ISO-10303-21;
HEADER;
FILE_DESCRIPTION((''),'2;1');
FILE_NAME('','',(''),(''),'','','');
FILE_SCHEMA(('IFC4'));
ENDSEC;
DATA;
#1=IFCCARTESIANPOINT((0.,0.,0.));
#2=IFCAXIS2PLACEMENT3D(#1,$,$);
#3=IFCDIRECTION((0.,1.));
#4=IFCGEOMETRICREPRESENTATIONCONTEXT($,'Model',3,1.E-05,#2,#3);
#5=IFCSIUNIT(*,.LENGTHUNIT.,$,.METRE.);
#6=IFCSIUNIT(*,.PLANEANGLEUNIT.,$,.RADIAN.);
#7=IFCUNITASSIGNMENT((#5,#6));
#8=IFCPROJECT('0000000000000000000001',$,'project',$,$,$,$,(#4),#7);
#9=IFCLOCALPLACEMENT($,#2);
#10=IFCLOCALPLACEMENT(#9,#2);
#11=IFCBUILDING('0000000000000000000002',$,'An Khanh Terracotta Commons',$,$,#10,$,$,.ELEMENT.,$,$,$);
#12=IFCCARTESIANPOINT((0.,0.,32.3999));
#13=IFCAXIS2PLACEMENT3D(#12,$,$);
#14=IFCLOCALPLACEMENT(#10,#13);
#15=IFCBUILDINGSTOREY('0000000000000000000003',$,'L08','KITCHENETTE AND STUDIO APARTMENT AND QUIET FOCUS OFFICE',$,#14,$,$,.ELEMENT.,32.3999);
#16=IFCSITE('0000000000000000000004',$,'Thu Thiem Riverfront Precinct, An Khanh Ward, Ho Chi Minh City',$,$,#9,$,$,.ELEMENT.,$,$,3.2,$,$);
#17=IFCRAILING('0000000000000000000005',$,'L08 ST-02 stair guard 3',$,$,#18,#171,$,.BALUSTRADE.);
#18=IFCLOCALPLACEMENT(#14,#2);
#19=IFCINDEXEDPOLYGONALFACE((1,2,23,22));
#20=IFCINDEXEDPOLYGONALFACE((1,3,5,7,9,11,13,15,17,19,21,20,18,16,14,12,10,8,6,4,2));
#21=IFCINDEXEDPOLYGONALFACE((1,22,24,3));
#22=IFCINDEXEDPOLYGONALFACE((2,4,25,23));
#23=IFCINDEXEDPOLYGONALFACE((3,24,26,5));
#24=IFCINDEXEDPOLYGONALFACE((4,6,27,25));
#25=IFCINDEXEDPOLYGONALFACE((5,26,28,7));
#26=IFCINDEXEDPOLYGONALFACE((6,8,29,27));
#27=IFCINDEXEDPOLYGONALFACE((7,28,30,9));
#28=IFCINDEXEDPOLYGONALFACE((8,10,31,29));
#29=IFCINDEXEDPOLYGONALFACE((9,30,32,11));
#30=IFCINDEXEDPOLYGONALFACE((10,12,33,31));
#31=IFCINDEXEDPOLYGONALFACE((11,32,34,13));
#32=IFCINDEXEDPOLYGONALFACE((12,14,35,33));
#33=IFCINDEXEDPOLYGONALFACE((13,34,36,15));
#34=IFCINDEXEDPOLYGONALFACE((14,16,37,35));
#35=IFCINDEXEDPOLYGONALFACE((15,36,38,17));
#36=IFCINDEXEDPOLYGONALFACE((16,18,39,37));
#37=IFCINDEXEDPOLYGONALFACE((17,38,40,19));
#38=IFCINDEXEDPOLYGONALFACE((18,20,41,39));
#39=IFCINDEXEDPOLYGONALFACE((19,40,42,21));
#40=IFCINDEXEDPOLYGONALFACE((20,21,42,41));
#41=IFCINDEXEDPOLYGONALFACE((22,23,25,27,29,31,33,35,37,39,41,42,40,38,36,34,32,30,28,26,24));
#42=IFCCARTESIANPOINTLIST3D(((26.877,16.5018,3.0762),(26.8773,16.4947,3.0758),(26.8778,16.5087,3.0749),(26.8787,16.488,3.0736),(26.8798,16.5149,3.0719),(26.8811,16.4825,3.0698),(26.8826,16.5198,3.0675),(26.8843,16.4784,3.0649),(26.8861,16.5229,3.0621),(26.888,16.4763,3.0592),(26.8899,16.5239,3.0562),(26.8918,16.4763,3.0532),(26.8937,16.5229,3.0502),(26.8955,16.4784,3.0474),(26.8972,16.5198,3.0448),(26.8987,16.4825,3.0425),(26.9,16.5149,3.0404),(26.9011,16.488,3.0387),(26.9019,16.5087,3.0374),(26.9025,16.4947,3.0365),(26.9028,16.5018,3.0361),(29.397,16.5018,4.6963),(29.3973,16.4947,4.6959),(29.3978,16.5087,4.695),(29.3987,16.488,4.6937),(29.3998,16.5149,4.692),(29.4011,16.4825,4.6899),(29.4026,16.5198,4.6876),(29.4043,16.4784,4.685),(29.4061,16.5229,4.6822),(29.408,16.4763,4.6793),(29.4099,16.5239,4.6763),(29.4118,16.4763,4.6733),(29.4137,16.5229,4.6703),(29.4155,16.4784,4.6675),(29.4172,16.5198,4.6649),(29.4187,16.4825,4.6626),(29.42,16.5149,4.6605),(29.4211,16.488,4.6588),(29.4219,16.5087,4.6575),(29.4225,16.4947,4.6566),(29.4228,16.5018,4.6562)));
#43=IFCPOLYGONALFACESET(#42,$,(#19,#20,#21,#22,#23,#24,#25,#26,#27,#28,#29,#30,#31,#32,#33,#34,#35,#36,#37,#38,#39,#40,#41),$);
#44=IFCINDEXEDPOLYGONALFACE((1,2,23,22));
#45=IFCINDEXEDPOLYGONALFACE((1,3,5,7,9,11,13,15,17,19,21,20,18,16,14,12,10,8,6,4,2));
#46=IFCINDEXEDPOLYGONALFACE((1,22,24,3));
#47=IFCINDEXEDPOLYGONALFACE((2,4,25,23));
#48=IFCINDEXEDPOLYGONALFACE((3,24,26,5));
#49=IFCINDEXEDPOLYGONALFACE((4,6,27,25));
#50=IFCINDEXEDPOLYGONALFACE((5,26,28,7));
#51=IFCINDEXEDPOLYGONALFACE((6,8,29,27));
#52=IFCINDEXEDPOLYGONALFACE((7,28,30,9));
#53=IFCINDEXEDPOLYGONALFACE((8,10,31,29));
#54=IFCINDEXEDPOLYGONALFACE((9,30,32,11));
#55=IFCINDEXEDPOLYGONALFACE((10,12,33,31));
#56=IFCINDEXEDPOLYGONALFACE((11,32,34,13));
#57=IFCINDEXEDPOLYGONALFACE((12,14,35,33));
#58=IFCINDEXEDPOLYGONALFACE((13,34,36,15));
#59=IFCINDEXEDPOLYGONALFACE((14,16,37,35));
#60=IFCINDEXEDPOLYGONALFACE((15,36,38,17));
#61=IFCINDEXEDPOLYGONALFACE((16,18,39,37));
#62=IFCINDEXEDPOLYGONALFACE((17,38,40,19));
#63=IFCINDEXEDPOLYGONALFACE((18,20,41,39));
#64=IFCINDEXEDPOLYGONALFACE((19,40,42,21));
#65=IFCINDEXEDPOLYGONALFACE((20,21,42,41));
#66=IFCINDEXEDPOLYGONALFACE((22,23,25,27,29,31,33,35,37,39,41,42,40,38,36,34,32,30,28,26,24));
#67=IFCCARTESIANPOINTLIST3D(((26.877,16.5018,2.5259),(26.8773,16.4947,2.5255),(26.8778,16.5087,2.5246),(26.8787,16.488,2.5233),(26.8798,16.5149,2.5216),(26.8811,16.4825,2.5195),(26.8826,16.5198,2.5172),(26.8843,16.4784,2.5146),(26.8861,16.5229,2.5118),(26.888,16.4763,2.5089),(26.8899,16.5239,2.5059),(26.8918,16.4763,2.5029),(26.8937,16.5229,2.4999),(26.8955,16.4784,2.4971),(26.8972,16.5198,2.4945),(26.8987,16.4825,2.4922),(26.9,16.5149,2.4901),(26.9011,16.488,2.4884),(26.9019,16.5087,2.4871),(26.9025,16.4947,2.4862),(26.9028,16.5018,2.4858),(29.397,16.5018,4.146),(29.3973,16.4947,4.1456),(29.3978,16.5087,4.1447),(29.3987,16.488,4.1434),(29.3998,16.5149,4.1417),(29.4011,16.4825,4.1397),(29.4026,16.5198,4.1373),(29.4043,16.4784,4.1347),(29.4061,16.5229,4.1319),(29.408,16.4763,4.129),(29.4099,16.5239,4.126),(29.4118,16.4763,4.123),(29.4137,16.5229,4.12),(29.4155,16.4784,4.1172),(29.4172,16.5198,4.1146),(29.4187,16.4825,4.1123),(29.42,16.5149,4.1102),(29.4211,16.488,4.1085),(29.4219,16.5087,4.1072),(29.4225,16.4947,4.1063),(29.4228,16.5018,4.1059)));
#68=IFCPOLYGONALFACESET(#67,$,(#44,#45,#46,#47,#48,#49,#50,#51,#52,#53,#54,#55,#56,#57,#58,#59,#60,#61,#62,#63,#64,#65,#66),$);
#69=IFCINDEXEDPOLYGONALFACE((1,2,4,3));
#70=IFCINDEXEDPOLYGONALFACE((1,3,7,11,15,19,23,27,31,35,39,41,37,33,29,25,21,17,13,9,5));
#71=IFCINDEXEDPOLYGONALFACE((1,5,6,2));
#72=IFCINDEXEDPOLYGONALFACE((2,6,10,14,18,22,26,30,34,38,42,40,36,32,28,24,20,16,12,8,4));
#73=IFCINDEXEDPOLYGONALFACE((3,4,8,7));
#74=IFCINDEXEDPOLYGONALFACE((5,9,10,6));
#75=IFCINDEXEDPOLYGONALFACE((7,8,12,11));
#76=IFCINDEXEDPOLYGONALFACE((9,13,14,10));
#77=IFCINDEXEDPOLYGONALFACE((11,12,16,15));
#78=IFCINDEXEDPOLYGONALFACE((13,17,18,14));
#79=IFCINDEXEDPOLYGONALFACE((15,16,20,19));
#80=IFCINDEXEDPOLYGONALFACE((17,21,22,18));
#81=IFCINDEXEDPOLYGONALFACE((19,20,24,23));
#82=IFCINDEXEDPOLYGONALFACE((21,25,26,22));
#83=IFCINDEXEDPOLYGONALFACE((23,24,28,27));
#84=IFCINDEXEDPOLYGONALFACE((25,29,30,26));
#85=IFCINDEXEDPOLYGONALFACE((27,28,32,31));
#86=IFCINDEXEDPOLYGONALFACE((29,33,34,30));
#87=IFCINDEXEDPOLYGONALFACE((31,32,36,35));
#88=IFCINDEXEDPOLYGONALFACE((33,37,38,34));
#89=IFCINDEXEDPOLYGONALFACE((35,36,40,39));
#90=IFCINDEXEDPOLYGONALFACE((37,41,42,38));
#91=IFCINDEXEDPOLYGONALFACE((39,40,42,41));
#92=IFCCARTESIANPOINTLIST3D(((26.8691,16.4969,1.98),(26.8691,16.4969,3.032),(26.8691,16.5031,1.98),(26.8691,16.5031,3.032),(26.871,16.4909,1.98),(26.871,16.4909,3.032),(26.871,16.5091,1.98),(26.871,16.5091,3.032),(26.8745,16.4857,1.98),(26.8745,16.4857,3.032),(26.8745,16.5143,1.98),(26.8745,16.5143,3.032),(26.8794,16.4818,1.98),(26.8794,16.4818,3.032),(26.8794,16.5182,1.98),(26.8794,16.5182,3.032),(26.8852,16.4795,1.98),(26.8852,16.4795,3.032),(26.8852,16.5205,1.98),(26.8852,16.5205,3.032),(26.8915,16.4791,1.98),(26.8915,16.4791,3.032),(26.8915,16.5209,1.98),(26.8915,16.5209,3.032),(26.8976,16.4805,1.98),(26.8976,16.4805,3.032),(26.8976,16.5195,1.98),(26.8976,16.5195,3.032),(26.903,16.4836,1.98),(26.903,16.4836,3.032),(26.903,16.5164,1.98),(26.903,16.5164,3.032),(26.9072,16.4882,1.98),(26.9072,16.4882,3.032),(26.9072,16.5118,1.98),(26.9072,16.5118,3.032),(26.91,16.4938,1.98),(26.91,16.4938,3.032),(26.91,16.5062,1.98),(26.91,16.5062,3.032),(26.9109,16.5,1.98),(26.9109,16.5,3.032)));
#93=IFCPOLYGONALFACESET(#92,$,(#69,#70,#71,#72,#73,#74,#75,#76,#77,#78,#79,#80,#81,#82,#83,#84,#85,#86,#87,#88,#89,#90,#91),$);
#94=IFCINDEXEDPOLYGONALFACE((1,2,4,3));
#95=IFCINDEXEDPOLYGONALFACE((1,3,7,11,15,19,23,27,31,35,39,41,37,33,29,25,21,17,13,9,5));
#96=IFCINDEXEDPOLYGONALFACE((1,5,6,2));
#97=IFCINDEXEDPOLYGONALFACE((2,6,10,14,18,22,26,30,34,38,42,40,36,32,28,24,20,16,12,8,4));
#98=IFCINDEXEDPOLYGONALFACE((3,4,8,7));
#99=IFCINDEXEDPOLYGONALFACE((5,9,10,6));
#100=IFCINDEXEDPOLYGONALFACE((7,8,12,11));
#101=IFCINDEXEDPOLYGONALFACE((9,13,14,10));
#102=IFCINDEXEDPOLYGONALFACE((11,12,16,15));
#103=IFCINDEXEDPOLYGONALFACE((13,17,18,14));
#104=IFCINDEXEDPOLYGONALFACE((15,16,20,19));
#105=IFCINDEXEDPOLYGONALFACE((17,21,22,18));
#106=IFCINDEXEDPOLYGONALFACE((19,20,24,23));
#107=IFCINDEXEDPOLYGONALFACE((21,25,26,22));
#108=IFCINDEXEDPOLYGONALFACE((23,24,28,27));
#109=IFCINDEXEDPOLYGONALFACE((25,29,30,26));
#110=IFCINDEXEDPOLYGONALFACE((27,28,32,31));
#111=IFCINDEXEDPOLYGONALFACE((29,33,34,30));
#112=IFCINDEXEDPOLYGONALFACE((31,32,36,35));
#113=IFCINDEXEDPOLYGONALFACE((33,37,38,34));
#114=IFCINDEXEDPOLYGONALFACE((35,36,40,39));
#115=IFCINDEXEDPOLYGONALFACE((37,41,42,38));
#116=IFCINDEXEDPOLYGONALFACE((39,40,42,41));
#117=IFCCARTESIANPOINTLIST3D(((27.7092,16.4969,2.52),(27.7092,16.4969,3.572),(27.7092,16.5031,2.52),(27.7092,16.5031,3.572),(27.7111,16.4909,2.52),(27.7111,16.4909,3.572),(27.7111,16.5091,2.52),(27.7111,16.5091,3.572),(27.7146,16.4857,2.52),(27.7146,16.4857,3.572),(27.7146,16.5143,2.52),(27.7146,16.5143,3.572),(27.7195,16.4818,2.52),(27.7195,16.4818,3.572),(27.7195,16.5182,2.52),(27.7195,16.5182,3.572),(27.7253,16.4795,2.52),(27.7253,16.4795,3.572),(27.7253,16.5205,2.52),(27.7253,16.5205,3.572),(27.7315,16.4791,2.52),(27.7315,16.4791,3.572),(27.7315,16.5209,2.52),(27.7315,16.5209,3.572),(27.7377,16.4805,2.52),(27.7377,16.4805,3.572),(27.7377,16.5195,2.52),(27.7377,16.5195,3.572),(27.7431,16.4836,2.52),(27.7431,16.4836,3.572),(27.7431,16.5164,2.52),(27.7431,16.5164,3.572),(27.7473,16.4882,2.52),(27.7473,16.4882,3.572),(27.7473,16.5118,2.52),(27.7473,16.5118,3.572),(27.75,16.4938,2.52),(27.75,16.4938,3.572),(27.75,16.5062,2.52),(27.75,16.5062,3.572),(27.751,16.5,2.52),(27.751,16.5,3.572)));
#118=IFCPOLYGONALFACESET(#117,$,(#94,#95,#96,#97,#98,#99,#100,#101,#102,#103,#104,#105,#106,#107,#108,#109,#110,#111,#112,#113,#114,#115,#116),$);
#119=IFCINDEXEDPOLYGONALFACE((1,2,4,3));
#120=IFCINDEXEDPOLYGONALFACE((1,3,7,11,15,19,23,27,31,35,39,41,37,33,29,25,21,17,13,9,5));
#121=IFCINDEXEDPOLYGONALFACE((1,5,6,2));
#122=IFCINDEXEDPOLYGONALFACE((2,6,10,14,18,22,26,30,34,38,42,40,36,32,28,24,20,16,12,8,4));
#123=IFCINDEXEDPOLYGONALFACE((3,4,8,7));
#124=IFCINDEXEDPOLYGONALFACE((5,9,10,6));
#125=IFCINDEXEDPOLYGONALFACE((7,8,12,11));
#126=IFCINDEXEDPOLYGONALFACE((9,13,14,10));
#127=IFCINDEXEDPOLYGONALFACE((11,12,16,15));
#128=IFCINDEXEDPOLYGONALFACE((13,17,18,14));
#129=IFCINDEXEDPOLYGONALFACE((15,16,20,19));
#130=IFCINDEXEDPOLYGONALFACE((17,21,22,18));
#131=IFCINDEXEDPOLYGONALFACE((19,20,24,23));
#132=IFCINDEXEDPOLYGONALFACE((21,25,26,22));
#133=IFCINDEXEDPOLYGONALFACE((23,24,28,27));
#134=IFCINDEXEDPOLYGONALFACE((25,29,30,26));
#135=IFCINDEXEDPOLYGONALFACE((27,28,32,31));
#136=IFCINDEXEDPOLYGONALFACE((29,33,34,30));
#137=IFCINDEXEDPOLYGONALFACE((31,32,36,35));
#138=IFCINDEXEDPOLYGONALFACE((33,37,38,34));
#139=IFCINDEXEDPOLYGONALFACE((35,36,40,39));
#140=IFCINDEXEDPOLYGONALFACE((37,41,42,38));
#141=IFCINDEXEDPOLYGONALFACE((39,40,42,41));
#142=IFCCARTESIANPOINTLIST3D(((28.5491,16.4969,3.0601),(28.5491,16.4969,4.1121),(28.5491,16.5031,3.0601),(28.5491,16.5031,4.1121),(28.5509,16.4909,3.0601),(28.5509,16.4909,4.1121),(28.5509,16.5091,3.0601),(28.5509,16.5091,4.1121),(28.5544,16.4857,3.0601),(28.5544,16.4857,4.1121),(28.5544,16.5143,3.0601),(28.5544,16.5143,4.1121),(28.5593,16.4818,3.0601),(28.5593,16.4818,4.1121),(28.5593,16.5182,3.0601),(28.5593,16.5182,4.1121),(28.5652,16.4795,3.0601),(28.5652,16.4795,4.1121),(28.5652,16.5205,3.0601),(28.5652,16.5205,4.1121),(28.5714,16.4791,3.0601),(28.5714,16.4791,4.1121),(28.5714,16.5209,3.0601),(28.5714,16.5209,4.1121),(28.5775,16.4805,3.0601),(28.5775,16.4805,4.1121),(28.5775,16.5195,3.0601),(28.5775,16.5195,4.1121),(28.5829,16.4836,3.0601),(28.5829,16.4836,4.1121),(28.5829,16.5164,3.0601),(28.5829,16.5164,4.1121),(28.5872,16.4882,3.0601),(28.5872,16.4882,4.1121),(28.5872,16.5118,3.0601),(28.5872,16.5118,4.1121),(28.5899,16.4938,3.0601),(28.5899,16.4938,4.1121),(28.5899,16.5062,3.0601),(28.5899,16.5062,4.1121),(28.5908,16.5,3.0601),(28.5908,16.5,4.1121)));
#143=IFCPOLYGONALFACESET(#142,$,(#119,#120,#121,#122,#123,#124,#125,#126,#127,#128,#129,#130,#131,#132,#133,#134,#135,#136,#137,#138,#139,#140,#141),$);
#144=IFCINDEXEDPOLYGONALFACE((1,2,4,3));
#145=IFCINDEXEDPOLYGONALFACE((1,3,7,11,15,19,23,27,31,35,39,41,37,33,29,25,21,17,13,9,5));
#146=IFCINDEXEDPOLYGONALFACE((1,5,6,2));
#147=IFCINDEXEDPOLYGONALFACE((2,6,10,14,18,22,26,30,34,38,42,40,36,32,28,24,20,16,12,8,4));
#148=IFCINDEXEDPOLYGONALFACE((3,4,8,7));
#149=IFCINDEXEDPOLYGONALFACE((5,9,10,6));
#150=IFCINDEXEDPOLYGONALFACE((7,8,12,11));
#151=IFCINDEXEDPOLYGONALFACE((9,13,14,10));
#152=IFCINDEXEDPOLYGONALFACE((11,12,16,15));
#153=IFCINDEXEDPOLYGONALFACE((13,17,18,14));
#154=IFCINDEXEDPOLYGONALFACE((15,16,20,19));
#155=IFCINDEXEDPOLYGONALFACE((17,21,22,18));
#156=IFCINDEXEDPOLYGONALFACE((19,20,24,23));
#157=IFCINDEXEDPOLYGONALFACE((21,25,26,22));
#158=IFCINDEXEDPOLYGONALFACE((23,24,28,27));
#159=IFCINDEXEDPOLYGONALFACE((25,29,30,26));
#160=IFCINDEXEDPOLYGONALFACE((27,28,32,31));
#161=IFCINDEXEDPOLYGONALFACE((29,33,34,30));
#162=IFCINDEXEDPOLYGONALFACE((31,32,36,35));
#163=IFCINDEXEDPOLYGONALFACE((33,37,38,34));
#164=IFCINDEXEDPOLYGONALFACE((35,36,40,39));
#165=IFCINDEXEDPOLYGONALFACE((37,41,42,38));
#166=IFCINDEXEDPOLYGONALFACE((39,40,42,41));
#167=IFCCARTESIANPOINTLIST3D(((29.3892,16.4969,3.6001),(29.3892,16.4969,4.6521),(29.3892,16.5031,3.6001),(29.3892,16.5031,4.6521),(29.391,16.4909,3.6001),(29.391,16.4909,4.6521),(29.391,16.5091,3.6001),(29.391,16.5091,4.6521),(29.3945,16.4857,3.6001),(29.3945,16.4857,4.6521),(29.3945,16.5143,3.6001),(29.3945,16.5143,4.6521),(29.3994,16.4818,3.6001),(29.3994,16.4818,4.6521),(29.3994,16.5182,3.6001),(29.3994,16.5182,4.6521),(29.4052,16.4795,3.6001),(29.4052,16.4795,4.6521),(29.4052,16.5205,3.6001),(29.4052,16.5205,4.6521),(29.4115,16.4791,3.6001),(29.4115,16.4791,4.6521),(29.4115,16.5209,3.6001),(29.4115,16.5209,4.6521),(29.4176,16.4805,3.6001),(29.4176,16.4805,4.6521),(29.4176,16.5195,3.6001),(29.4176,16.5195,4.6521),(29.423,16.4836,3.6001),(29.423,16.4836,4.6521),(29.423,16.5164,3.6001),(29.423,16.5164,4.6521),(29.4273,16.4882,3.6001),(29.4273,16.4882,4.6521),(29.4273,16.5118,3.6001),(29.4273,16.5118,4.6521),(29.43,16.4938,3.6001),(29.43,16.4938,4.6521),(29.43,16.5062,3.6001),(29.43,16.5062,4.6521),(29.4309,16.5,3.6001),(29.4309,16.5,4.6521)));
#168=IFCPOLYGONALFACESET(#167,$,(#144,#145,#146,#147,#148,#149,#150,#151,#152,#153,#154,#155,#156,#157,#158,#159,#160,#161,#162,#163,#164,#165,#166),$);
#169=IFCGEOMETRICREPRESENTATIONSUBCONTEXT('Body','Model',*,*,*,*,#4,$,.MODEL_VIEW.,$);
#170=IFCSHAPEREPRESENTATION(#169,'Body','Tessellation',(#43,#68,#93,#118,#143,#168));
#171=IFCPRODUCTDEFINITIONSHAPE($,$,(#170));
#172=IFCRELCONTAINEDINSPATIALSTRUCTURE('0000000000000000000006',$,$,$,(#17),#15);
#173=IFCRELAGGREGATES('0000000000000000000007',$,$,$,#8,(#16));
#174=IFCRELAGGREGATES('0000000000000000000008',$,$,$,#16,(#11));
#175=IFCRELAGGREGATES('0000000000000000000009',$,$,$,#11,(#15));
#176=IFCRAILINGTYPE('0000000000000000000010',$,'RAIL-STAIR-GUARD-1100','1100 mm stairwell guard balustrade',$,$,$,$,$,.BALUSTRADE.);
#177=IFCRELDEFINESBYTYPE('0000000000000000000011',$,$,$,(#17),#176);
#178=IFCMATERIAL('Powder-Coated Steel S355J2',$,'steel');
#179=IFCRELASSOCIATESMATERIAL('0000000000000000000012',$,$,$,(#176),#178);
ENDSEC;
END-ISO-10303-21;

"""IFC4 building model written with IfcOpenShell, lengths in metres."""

from ifc_helpers import new_model, si_unit, direction, frame, origin, origin_2d, place, context, subcontext, project, spatial, circle, extrude, material, type_object, element, save


model = new_model("IFC4")

# Units and contexts
model_context = context("Model", 3, precision=1e-05, world=origin(), true_north=direction((0.0, 1.0)))
body_context = subcontext(model_context, "Body", "Model", "MODEL_VIEW")
ifc_project = project(units=[si_unit("LENGTHUNIT", "METRE"), si_unit("PLANEANGLEUNIT", "RADIAN")], contexts=[model_context])

# Site, building, storey
site_placement = place(None, origin())
site = spatial("IfcSite", under=ifc_project, at=site_placement, Name="Thu Thiem Riverfront Precinct, An Khanh Ward, Ho Chi Minh City", CompositionType="ELEMENT", RefElevation=3.2)
building_placement = place(site_placement, origin())
building = spatial("IfcBuilding", under=site, at=building_placement, Name="An Khanh Terracotta Commons", CompositionType="ELEMENT")
storey_placement = place(building_placement, frame((0.0, 0.0, 32.3999)))
storey = spatial("IfcBuildingStorey", under=building, at=storey_placement, Name="L08", Description="KITCHENETTE AND STUDIO APARTMENT AND QUIET FOCUS OFFICE", CompositionType="ELEMENT", Elevation=32.3999)

# Railing
ifc_material_1 = material(Name="Powder-Coated Steel S355J2", Category="steel")
railing_type_1 = type_object("IfcRailingType", Name="RAIL-STAIR-GUARD-1100", Description="1100 mm stairwell guard balustrade", PredefinedType="BALUSTRADE", material=ifc_material_1)
railing_1_placement = place(storey_placement, frame((26.8899, 16.5, 1.98)))
element("IfcRailing", 1, at=railing_1_placement, inside=storey, type_object=railing_type_1, Name="L08 ST-02 stair guard 3", PredefinedType="BALUSTRADE", context=body_context, shape_type="SweptSolid", body=[
    extrude(circle(Radius=0.0239, at=origin_2d()), frame((0.0, 0.0, 1.0762), z_axis=(0.841163, 0.0, 0.540782), x_axis=(0.0, 1.0, 0.0)), (0.0, 0.0, 1.0), 2.9958),
    extrude(circle(Radius=0.0239, at=origin_2d()), frame((0.0, 0.0, 0.5259), z_axis=(0.841163, 0.0, 0.540782), x_axis=(0.0, 1.0, 0.0)), (0.0, 0.0, 1.0), 2.9958),
    extrude(circle(Radius=0.021, at=origin_2d()), origin(), (0.0, 0.0, 1.0), 1.052),
    extrude(circle(Radius=0.021, at=origin_2d()), frame((0.8401, 0.0, 0.54)), (0.0, 0.0, 1.0), 1.052),
    extrude(circle(Radius=0.021, at=origin_2d()), frame((1.6799, 0.0, 1.0801)), (0.0, 0.0, 1.0), 1.052),
    extrude(circle(Radius=0.021, at=origin_2d()), frame((2.52, 0.0, 1.6201)), (0.0, 0.0, 1.0), 1.052),
])

save(model, "model.ifc")
